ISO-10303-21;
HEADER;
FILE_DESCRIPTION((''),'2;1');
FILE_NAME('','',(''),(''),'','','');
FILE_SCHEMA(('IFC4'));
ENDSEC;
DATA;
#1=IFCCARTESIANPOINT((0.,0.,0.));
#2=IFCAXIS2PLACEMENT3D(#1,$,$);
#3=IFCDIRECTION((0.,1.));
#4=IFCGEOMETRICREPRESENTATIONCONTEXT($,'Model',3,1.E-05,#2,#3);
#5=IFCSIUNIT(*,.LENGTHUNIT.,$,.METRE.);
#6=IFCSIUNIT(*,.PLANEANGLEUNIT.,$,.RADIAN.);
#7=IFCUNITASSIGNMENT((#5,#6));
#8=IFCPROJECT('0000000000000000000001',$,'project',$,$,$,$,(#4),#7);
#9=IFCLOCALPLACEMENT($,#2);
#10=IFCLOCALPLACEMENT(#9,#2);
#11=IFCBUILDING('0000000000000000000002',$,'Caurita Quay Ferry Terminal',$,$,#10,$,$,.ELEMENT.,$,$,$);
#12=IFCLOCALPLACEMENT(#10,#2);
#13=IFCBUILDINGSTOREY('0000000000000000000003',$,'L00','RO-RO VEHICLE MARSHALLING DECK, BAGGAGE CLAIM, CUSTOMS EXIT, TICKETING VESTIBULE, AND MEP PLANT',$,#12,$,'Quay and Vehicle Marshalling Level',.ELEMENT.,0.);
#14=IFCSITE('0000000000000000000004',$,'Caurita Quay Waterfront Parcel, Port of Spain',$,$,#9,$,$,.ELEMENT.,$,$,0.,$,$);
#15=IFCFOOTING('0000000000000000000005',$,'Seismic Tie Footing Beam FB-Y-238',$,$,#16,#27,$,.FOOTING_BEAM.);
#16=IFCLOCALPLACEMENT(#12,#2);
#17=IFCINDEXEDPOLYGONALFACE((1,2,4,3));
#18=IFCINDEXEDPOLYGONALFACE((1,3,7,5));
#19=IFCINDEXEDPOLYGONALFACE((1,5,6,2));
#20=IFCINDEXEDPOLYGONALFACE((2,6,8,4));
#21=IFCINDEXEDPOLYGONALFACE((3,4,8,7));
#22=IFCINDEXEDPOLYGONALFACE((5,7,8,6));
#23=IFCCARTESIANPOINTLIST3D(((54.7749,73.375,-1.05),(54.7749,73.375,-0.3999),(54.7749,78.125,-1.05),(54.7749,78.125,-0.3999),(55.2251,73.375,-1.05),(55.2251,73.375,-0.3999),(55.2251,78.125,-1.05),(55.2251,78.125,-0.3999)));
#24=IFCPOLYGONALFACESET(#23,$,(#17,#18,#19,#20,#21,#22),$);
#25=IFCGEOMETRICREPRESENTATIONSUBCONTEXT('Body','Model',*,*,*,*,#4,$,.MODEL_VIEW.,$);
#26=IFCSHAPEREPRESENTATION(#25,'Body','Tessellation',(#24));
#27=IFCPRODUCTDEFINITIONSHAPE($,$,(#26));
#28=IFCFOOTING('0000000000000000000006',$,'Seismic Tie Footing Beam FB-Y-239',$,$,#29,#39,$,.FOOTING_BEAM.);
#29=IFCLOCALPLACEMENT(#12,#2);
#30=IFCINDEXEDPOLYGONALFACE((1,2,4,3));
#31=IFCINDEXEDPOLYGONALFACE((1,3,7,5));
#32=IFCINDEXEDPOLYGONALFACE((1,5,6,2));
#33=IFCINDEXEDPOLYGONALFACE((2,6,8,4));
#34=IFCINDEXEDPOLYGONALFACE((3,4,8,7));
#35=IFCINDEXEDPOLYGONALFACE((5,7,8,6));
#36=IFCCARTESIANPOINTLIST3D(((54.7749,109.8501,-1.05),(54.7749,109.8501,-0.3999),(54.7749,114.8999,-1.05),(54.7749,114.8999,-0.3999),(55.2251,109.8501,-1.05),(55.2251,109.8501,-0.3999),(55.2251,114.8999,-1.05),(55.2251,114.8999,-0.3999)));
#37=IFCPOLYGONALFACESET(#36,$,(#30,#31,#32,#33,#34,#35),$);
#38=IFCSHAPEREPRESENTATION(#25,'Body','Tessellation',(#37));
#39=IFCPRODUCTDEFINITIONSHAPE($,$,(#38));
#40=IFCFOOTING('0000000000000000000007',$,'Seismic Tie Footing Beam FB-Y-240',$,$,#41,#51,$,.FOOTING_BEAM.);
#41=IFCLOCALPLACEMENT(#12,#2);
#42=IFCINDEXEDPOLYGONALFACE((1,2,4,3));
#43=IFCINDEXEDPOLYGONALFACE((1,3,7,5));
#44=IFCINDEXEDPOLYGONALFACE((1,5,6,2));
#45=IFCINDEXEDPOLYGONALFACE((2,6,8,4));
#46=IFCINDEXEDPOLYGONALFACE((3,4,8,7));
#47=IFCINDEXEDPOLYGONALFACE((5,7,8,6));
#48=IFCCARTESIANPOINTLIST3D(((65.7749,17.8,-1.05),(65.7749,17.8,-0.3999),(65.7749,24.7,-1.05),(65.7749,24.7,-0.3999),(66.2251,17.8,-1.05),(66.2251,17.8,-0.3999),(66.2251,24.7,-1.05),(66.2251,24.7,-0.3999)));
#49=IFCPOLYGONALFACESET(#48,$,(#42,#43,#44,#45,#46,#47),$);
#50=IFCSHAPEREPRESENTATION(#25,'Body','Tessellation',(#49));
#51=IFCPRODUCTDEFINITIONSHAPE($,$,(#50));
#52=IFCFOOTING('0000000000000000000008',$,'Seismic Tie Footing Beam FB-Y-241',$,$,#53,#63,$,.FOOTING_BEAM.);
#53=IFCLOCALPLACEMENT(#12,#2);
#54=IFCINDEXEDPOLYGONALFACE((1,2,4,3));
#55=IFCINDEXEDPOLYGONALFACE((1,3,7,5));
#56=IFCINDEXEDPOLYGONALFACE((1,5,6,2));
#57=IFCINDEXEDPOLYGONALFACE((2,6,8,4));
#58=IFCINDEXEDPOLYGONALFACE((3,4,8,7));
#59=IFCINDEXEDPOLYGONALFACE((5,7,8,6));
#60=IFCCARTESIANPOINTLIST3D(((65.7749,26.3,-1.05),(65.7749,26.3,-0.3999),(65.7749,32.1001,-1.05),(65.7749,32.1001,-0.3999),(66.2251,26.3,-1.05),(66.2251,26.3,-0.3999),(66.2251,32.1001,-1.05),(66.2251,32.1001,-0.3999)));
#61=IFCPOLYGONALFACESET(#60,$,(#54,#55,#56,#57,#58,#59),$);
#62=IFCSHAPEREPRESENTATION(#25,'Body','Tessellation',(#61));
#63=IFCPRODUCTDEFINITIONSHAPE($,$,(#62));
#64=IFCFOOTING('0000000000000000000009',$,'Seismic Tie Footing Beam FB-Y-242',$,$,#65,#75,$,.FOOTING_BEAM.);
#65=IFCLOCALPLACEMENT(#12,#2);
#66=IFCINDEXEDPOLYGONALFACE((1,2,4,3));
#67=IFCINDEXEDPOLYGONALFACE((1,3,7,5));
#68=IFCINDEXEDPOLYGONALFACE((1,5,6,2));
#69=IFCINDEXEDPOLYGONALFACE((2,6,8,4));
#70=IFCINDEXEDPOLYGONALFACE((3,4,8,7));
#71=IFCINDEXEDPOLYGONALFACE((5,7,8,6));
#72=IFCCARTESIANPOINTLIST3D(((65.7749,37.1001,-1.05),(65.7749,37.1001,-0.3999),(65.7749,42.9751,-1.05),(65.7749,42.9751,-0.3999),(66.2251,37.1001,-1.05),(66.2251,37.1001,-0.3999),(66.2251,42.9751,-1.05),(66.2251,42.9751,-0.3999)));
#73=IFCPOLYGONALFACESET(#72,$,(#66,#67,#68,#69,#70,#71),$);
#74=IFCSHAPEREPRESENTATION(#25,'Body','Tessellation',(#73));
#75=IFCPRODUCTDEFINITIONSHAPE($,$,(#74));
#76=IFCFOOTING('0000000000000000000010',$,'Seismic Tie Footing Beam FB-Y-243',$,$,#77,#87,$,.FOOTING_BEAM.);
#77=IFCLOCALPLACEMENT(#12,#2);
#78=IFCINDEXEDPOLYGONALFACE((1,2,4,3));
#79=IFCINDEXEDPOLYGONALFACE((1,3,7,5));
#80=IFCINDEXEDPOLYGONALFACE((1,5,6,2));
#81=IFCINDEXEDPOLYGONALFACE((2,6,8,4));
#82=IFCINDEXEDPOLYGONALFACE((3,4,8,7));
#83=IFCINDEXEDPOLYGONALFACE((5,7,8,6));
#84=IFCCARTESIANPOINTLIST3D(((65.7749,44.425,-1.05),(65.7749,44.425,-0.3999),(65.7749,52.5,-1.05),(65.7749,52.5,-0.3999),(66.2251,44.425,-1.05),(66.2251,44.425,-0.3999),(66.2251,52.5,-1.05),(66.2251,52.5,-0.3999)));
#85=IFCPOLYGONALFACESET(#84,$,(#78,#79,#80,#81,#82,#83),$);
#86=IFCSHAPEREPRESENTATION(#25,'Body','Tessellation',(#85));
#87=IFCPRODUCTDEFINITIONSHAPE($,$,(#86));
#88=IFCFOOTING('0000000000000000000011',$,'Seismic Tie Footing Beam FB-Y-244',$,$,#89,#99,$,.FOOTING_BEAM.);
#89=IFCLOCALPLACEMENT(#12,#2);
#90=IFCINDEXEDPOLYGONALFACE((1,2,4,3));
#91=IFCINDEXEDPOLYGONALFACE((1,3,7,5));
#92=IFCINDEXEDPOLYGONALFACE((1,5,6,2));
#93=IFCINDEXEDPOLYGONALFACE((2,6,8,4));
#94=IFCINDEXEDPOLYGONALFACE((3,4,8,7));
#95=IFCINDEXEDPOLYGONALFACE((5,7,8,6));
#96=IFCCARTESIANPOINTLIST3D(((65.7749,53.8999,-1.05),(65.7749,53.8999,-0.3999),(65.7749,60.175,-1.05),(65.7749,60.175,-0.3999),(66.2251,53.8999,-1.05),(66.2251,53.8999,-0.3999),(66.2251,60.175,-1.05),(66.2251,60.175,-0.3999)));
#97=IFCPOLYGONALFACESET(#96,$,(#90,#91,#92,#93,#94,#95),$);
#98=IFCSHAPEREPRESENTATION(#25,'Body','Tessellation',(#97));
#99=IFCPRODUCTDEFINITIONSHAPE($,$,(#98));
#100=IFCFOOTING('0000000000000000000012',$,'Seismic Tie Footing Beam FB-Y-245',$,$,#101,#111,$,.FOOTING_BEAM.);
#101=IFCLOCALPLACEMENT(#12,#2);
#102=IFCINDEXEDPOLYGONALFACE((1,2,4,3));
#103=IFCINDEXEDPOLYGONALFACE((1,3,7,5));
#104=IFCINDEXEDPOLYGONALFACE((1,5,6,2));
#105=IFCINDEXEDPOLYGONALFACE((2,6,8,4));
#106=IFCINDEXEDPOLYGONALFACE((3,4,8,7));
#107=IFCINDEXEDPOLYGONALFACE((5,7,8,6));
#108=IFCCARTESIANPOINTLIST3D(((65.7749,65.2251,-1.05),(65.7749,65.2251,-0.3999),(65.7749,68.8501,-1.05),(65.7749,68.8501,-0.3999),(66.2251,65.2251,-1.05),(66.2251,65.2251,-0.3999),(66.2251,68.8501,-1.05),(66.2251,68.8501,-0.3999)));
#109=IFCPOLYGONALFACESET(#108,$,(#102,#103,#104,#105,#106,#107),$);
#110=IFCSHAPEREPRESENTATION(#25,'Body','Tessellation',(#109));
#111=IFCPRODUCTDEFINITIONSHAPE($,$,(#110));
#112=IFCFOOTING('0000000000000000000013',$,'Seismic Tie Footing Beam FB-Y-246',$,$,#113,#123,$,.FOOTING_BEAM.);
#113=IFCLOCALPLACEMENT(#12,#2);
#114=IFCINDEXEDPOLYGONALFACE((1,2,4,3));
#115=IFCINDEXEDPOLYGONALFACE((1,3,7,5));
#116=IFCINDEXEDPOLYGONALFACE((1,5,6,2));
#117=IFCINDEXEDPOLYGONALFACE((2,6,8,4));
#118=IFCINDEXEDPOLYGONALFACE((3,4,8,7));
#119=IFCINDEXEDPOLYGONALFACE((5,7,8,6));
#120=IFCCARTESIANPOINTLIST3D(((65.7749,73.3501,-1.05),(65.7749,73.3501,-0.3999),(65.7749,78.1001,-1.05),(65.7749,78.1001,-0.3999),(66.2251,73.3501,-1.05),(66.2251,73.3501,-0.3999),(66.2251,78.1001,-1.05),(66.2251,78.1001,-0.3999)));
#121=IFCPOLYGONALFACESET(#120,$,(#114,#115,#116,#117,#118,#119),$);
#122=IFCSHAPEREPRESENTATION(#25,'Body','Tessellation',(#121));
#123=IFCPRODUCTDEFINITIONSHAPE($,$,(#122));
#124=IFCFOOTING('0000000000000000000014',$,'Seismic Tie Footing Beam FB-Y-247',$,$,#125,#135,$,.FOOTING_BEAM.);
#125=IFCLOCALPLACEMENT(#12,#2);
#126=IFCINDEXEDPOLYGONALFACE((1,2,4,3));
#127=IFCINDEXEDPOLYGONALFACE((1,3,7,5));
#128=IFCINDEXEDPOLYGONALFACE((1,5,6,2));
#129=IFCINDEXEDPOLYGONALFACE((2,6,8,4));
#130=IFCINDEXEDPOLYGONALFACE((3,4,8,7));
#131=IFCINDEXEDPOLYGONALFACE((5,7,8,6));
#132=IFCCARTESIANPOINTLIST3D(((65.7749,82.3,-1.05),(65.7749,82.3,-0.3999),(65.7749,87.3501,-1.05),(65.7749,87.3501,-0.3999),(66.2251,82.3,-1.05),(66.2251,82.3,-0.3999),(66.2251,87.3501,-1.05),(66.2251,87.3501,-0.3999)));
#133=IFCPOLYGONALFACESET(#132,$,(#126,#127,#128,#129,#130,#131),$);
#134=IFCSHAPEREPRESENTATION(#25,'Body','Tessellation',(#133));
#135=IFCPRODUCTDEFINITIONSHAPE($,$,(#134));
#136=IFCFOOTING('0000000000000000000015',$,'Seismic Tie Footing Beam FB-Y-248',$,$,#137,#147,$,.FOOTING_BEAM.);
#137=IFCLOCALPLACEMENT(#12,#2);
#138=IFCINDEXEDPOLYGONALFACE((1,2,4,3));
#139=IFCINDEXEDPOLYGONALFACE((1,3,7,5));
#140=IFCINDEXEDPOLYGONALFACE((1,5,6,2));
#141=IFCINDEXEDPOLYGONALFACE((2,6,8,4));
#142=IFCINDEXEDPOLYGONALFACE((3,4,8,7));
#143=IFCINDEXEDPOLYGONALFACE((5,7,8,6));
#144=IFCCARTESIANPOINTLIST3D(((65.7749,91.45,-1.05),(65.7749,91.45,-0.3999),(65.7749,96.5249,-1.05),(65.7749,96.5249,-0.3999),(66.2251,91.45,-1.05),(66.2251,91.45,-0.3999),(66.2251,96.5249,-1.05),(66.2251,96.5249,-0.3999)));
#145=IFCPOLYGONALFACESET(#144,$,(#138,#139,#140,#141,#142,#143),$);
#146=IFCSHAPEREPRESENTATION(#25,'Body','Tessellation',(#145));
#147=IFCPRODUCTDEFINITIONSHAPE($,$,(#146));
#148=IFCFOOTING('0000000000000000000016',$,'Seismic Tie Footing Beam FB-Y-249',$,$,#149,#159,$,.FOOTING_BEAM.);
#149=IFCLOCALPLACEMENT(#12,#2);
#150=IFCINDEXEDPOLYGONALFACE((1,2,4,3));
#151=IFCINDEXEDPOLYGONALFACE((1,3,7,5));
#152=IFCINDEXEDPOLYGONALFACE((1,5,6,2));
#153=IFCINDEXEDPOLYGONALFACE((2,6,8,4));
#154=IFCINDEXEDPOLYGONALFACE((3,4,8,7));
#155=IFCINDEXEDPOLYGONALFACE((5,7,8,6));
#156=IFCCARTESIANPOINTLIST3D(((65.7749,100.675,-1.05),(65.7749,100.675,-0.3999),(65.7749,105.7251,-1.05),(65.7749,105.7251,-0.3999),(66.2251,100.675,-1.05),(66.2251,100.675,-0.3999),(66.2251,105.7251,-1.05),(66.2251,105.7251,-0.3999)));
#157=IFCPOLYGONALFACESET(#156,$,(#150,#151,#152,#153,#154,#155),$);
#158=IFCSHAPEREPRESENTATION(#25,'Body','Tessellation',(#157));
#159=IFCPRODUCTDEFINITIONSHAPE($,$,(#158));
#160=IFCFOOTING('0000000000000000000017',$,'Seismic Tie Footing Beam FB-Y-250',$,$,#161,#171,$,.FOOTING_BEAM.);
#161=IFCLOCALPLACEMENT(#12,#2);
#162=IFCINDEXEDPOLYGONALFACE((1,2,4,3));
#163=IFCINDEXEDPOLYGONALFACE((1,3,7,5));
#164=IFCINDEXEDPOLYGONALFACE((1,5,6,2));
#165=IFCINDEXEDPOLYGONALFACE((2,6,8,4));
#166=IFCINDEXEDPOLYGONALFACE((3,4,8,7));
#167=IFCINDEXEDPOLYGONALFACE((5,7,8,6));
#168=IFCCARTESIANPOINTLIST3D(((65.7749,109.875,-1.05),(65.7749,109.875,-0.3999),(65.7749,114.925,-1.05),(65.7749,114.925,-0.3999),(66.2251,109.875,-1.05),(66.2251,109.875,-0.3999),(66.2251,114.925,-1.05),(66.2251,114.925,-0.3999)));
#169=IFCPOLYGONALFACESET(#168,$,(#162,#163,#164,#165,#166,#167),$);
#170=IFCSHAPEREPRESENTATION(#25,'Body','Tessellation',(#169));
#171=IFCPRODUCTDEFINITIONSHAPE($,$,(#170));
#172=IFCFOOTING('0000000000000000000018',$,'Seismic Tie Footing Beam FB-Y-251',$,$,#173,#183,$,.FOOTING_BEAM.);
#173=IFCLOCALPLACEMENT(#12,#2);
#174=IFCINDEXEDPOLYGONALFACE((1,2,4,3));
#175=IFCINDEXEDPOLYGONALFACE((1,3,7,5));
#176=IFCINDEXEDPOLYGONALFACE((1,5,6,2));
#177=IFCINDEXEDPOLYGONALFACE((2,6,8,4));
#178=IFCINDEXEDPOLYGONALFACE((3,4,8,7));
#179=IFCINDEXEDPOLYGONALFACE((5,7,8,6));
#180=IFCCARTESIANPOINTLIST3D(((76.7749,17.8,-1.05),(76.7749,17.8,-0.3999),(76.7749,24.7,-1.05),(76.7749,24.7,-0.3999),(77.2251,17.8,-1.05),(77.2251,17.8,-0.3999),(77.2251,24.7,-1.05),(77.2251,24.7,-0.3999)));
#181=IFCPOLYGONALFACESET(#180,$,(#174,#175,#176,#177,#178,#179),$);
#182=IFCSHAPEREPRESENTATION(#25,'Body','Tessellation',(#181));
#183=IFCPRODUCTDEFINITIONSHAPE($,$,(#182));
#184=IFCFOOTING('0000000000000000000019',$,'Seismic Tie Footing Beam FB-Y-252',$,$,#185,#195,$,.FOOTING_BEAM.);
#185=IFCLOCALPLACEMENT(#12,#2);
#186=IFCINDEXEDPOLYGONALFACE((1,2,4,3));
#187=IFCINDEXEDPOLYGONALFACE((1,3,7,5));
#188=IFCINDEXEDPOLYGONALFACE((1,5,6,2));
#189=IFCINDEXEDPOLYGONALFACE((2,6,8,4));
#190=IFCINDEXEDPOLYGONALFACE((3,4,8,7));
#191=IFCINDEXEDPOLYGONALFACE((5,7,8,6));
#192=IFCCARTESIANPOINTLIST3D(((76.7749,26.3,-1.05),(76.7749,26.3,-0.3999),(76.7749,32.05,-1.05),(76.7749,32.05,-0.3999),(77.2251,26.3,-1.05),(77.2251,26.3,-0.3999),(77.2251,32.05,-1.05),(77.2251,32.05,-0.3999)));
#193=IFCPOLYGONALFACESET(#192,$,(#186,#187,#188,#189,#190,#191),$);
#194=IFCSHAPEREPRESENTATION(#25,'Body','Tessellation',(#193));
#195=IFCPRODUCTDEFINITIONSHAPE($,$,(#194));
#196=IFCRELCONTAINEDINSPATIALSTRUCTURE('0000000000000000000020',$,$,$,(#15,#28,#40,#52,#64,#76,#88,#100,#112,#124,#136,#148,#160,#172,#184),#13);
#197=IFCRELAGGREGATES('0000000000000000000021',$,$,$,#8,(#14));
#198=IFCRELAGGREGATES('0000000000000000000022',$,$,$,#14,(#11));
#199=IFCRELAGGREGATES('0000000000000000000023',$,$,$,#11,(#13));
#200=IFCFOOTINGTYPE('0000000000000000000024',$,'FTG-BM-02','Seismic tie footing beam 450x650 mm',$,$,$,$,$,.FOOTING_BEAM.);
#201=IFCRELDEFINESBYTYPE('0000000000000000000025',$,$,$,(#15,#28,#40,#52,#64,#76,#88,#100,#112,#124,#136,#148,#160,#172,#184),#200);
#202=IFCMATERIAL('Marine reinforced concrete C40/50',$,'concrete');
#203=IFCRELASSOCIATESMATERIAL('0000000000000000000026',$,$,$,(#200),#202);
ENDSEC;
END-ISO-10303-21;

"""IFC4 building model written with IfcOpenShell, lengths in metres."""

from ifc_helpers import new_model, si_unit, direction, frame, origin, place, context, subcontext, project, spatial, polyline, outline, extrude, material, type_object, element, save


model = new_model("IFC4")

# Units and contexts
model_context = context("Model", 3, precision=1e-05, world=origin(), true_north=direction((0.0, 1.0)))
body_context = subcontext(model_context, "Body", "Model", "MODEL_VIEW")
ifc_project = project(units=[si_unit("LENGTHUNIT", "METRE"), si_unit("PLANEANGLEUNIT", "RADIAN")], contexts=[model_context])

# Site, building, storey
site_placement = place(None, origin())
site = spatial("IfcSite", under=ifc_project, at=site_placement, Name="Caurita Quay Waterfront Parcel, Port of Spain", CompositionType="ELEMENT", RefElevation=0.0)
building_placement = place(site_placement, origin())
building = spatial("IfcBuilding", under=site, at=building_placement, Name="Caurita Quay Ferry Terminal", CompositionType="ELEMENT")
storey_placement = place(building_placement, origin())
storey = spatial("IfcBuildingStorey", under=building, at=storey_placement, Name="L00", Description="RO-RO VEHICLE MARSHALLING DECK, BAGGAGE CLAIM, CUSTOMS EXIT, TICKETING VESTIBULE, AND MEP PLANT", LongName="Quay and Vehicle Marshalling Level", CompositionType="ELEMENT", Elevation=0.0)

# Footings
ifc_material = material(Name="Marine reinforced concrete C40/50", Category="concrete")
footing_type = type_object("IfcFootingType", Name="FTG-BM-02", Description="Seismic tie footing beam 450x650 mm", PredefinedType="FOOTING_BEAM", material=ifc_material)
footing_1_placement = place(storey_placement, frame((0.0, 0.0, -1.05)))
element("IfcFooting", 1, at=footing_1_placement, inside=storey, type_object=footing_type, Name="Seismic Tie Footing Beam FB-Y-238", PredefinedType="FOOTING_BEAM", context=body_context, shape_type="SweptSolid", body=[
    extrude(outline(polyline([(54.7749, 73.375), (55.2251, 73.375), (55.2251, 78.125), (54.7749, 78.125), (54.7749, 73.375)])), origin(), (0.0, 0.0, 1.0), 0.6501),
])
footing_2_placement = place(storey_placement, frame((0.0, 0.0, -1.05)))
element("IfcFooting", 2, at=footing_2_placement, inside=storey, type_object=footing_type, Name="Seismic Tie Footing Beam FB-Y-239", PredefinedType="FOOTING_BEAM", context=body_context, shape_type="SweptSolid", body=[
    extrude(outline(polyline([(54.7749, 109.8501), (55.2251, 109.8501), (55.2251, 114.8999), (54.7749, 114.8999), (54.7749, 109.8501)])), origin(), (0.0, 0.0, 1.0), 0.6501),
])
footing_3_placement = place(storey_placement, frame((0.0, 0.0, -1.05)))
element("IfcFooting", 3, at=footing_3_placement, inside=storey, type_object=footing_type, Name="Seismic Tie Footing Beam FB-Y-240", PredefinedType="FOOTING_BEAM", context=body_context, shape_type="SweptSolid", body=[
    extrude(outline(polyline([(65.7749, 17.8), (66.2251, 17.8), (66.2251, 24.7), (65.7749, 24.7), (65.7749, 17.8)])), origin(), (0.0, 0.0, 1.0), 0.6501),
])
footing_4_placement = place(storey_placement, frame((0.0, 0.0, -1.05)))
element("IfcFooting", 4, at=footing_4_placement, inside=storey, type_object=footing_type, Name="Seismic Tie Footing Beam FB-Y-241", PredefinedType="FOOTING_BEAM", context=body_context, shape_type="SweptSolid", body=[
    extrude(outline(polyline([(65.7749, 26.3), (66.2251, 26.3), (66.2251, 32.1001), (65.7749, 32.1001), (65.7749, 26.3)])), origin(), (0.0, 0.0, 1.0), 0.6501),
])
footing_5_placement = place(storey_placement, frame((0.0, 0.0, -1.05)))
element("IfcFooting", 5, at=footing_5_placement, inside=storey, type_object=footing_type, Name="Seismic Tie Footing Beam FB-Y-242", PredefinedType="FOOTING_BEAM", context=body_context, shape_type="SweptSolid", body=[
    extrude(outline(polyline([(65.7749, 37.1001), (66.2251, 37.1001), (66.2251, 42.9751), (65.7749, 42.9751), (65.7749, 37.1001)])), origin(), (0.0, 0.0, 1.0), 0.6501),
])
footing_6_placement = place(storey_placement, frame((0.0, 0.0, -1.05)))
element("IfcFooting", 6, at=footing_6_placement, inside=storey, type_object=footing_type, Name="Seismic Tie Footing Beam FB-Y-243", PredefinedType="FOOTING_BEAM", context=body_context, shape_type="SweptSolid", body=[
    extrude(outline(polyline([(65.7749, 44.425), (66.2251, 44.425), (66.2251, 52.5), (65.7749, 52.5), (65.7749, 44.425)])), origin(), (0.0, 0.0, 1.0), 0.6501),
])
footing_7_placement = place(storey_placement, frame((0.0, 0.0, -1.05)))
element("IfcFooting", 7, at=footing_7_placement, inside=storey, type_object=footing_type, Name="Seismic Tie Footing Beam FB-Y-244", PredefinedType="FOOTING_BEAM", context=body_context, shape_type="SweptSolid", body=[
    extrude(outline(polyline([(65.7749, 53.8999), (66.2251, 53.8999), (66.2251, 60.175), (65.7749, 60.175), (65.7749, 53.8999)])), origin(), (0.0, 0.0, 1.0), 0.6501),
])
footing_8_placement = place(storey_placement, frame((0.0, 0.0, -1.05)))
element("IfcFooting", 8, at=footing_8_placement, inside=storey, type_object=footing_type, Name="Seismic Tie Footing Beam FB-Y-245", PredefinedType="FOOTING_BEAM", context=body_context, shape_type="SweptSolid", body=[
    extrude(outline(polyline([(65.7749, 65.2251), (66.2251, 65.2251), (66.2251, 68.8501), (65.7749, 68.8501), (65.7749, 65.2251)])), origin(), (0.0, 0.0, 1.0), 0.6501),
])
footing_9_placement = place(storey_placement, frame((0.0, 0.0, -1.05)))
element("IfcFooting", 9, at=footing_9_placement, inside=storey, type_object=footing_type, Name="Seismic Tie Footing Beam FB-Y-246", PredefinedType="FOOTING_BEAM", context=body_context, shape_type="SweptSolid", body=[
    extrude(outline(polyline([(65.7749, 73.3501), (66.2251, 73.3501), (66.2251, 78.1001), (65.7749, 78.1001), (65.7749, 73.3501)])), origin(), (0.0, 0.0, 1.0), 0.6501),
])
footing_10_placement = place(storey_placement, frame((0.0, 0.0, -1.05)))
element("IfcFooting", 10, at=footing_10_placement, inside=storey, type_object=footing_type, Name="Seismic Tie Footing Beam FB-Y-247", PredefinedType="FOOTING_BEAM", context=body_context, shape_type="SweptSolid", body=[
    extrude(outline(polyline([(65.7749, 82.3), (66.2251, 82.3), (66.2251, 87.3501), (65.7749, 87.3501), (65.7749, 82.3)])), origin(), (0.0, 0.0, 1.0), 0.6501),
])
footing_11_placement = place(storey_placement, frame((0.0, 0.0, -1.05)))
element("IfcFooting", 11, at=footing_11_placement, inside=storey, type_object=footing_type, Name="Seismic Tie Footing Beam FB-Y-248", PredefinedType="FOOTING_BEAM", context=body_context, shape_type="SweptSolid", body=[
    extrude(outline(polyline([(65.7749, 91.45), (66.2251, 91.45), (66.2251, 96.5249), (65.7749, 96.5249), (65.7749, 91.45)])), origin(), (0.0, 0.0, 1.0), 0.6501),
])
footing_12_placement = place(storey_placement, frame((0.0, 0.0, -1.05)))
element("IfcFooting", 12, at=footing_12_placement, inside=storey, type_object=footing_type, Name="Seismic Tie Footing Beam FB-Y-249", PredefinedType="FOOTING_BEAM", context=body_context, shape_type="SweptSolid", body=[
    extrude(outline(polyline([(65.7749, 100.675), (66.2251, 100.675), (66.2251, 105.7251), (65.7749, 105.7251), (65.7749, 100.675)])), origin(), (0.0, 0.0, 1.0), 0.6501),
])
footing_13_placement = place(storey_placement, frame((0.0, 0.0, -1.05)))
element("IfcFooting", 13, at=footing_13_placement, inside=storey, type_object=footing_type, Name="Seismic Tie Footing Beam FB-Y-250", PredefinedType="FOOTING_BEAM", context=body_context, shape_type="SweptSolid", body=[
    extrude(outline(polyline([(65.7749, 109.875), (66.2251, 109.875), (66.2251, 114.925), (65.7749, 114.925), (65.7749, 109.875)])), origin(), (0.0, 0.0, 1.0), 0.6501),
])
footing_14_placement = place(storey_placement, frame((0.0, 0.0, -1.05)))
element("IfcFooting", 14, at=footing_14_placement, inside=storey, type_object=footing_type, Name="Seismic Tie Footing Beam FB-Y-251", PredefinedType="FOOTING_BEAM", context=body_context, shape_type="SweptSolid", body=[
    extrude(outline(polyline([(76.7749, 17.8), (77.2251, 17.8), (77.2251, 24.7), (76.7749, 24.7), (76.7749, 17.8)])), origin(), (0.0, 0.0, 1.0), 0.6501),
])
footing_15_placement = place(storey_placement, frame((0.0, 0.0, -1.05)))
element("IfcFooting", 15, at=footing_15_placement, inside=storey, type_object=footing_type, Name="Seismic Tie Footing Beam FB-Y-252", PredefinedType="FOOTING_BEAM", context=body_context, shape_type="SweptSolid", body=[
    extrude(outline(polyline([(76.7749, 26.3), (77.2251, 26.3), (77.2251, 32.05), (76.7749, 32.05), (76.7749, 26.3)])), origin(), (0.0, 0.0, 1.0), 0.6501),
])

save(model, "model.ifc")
